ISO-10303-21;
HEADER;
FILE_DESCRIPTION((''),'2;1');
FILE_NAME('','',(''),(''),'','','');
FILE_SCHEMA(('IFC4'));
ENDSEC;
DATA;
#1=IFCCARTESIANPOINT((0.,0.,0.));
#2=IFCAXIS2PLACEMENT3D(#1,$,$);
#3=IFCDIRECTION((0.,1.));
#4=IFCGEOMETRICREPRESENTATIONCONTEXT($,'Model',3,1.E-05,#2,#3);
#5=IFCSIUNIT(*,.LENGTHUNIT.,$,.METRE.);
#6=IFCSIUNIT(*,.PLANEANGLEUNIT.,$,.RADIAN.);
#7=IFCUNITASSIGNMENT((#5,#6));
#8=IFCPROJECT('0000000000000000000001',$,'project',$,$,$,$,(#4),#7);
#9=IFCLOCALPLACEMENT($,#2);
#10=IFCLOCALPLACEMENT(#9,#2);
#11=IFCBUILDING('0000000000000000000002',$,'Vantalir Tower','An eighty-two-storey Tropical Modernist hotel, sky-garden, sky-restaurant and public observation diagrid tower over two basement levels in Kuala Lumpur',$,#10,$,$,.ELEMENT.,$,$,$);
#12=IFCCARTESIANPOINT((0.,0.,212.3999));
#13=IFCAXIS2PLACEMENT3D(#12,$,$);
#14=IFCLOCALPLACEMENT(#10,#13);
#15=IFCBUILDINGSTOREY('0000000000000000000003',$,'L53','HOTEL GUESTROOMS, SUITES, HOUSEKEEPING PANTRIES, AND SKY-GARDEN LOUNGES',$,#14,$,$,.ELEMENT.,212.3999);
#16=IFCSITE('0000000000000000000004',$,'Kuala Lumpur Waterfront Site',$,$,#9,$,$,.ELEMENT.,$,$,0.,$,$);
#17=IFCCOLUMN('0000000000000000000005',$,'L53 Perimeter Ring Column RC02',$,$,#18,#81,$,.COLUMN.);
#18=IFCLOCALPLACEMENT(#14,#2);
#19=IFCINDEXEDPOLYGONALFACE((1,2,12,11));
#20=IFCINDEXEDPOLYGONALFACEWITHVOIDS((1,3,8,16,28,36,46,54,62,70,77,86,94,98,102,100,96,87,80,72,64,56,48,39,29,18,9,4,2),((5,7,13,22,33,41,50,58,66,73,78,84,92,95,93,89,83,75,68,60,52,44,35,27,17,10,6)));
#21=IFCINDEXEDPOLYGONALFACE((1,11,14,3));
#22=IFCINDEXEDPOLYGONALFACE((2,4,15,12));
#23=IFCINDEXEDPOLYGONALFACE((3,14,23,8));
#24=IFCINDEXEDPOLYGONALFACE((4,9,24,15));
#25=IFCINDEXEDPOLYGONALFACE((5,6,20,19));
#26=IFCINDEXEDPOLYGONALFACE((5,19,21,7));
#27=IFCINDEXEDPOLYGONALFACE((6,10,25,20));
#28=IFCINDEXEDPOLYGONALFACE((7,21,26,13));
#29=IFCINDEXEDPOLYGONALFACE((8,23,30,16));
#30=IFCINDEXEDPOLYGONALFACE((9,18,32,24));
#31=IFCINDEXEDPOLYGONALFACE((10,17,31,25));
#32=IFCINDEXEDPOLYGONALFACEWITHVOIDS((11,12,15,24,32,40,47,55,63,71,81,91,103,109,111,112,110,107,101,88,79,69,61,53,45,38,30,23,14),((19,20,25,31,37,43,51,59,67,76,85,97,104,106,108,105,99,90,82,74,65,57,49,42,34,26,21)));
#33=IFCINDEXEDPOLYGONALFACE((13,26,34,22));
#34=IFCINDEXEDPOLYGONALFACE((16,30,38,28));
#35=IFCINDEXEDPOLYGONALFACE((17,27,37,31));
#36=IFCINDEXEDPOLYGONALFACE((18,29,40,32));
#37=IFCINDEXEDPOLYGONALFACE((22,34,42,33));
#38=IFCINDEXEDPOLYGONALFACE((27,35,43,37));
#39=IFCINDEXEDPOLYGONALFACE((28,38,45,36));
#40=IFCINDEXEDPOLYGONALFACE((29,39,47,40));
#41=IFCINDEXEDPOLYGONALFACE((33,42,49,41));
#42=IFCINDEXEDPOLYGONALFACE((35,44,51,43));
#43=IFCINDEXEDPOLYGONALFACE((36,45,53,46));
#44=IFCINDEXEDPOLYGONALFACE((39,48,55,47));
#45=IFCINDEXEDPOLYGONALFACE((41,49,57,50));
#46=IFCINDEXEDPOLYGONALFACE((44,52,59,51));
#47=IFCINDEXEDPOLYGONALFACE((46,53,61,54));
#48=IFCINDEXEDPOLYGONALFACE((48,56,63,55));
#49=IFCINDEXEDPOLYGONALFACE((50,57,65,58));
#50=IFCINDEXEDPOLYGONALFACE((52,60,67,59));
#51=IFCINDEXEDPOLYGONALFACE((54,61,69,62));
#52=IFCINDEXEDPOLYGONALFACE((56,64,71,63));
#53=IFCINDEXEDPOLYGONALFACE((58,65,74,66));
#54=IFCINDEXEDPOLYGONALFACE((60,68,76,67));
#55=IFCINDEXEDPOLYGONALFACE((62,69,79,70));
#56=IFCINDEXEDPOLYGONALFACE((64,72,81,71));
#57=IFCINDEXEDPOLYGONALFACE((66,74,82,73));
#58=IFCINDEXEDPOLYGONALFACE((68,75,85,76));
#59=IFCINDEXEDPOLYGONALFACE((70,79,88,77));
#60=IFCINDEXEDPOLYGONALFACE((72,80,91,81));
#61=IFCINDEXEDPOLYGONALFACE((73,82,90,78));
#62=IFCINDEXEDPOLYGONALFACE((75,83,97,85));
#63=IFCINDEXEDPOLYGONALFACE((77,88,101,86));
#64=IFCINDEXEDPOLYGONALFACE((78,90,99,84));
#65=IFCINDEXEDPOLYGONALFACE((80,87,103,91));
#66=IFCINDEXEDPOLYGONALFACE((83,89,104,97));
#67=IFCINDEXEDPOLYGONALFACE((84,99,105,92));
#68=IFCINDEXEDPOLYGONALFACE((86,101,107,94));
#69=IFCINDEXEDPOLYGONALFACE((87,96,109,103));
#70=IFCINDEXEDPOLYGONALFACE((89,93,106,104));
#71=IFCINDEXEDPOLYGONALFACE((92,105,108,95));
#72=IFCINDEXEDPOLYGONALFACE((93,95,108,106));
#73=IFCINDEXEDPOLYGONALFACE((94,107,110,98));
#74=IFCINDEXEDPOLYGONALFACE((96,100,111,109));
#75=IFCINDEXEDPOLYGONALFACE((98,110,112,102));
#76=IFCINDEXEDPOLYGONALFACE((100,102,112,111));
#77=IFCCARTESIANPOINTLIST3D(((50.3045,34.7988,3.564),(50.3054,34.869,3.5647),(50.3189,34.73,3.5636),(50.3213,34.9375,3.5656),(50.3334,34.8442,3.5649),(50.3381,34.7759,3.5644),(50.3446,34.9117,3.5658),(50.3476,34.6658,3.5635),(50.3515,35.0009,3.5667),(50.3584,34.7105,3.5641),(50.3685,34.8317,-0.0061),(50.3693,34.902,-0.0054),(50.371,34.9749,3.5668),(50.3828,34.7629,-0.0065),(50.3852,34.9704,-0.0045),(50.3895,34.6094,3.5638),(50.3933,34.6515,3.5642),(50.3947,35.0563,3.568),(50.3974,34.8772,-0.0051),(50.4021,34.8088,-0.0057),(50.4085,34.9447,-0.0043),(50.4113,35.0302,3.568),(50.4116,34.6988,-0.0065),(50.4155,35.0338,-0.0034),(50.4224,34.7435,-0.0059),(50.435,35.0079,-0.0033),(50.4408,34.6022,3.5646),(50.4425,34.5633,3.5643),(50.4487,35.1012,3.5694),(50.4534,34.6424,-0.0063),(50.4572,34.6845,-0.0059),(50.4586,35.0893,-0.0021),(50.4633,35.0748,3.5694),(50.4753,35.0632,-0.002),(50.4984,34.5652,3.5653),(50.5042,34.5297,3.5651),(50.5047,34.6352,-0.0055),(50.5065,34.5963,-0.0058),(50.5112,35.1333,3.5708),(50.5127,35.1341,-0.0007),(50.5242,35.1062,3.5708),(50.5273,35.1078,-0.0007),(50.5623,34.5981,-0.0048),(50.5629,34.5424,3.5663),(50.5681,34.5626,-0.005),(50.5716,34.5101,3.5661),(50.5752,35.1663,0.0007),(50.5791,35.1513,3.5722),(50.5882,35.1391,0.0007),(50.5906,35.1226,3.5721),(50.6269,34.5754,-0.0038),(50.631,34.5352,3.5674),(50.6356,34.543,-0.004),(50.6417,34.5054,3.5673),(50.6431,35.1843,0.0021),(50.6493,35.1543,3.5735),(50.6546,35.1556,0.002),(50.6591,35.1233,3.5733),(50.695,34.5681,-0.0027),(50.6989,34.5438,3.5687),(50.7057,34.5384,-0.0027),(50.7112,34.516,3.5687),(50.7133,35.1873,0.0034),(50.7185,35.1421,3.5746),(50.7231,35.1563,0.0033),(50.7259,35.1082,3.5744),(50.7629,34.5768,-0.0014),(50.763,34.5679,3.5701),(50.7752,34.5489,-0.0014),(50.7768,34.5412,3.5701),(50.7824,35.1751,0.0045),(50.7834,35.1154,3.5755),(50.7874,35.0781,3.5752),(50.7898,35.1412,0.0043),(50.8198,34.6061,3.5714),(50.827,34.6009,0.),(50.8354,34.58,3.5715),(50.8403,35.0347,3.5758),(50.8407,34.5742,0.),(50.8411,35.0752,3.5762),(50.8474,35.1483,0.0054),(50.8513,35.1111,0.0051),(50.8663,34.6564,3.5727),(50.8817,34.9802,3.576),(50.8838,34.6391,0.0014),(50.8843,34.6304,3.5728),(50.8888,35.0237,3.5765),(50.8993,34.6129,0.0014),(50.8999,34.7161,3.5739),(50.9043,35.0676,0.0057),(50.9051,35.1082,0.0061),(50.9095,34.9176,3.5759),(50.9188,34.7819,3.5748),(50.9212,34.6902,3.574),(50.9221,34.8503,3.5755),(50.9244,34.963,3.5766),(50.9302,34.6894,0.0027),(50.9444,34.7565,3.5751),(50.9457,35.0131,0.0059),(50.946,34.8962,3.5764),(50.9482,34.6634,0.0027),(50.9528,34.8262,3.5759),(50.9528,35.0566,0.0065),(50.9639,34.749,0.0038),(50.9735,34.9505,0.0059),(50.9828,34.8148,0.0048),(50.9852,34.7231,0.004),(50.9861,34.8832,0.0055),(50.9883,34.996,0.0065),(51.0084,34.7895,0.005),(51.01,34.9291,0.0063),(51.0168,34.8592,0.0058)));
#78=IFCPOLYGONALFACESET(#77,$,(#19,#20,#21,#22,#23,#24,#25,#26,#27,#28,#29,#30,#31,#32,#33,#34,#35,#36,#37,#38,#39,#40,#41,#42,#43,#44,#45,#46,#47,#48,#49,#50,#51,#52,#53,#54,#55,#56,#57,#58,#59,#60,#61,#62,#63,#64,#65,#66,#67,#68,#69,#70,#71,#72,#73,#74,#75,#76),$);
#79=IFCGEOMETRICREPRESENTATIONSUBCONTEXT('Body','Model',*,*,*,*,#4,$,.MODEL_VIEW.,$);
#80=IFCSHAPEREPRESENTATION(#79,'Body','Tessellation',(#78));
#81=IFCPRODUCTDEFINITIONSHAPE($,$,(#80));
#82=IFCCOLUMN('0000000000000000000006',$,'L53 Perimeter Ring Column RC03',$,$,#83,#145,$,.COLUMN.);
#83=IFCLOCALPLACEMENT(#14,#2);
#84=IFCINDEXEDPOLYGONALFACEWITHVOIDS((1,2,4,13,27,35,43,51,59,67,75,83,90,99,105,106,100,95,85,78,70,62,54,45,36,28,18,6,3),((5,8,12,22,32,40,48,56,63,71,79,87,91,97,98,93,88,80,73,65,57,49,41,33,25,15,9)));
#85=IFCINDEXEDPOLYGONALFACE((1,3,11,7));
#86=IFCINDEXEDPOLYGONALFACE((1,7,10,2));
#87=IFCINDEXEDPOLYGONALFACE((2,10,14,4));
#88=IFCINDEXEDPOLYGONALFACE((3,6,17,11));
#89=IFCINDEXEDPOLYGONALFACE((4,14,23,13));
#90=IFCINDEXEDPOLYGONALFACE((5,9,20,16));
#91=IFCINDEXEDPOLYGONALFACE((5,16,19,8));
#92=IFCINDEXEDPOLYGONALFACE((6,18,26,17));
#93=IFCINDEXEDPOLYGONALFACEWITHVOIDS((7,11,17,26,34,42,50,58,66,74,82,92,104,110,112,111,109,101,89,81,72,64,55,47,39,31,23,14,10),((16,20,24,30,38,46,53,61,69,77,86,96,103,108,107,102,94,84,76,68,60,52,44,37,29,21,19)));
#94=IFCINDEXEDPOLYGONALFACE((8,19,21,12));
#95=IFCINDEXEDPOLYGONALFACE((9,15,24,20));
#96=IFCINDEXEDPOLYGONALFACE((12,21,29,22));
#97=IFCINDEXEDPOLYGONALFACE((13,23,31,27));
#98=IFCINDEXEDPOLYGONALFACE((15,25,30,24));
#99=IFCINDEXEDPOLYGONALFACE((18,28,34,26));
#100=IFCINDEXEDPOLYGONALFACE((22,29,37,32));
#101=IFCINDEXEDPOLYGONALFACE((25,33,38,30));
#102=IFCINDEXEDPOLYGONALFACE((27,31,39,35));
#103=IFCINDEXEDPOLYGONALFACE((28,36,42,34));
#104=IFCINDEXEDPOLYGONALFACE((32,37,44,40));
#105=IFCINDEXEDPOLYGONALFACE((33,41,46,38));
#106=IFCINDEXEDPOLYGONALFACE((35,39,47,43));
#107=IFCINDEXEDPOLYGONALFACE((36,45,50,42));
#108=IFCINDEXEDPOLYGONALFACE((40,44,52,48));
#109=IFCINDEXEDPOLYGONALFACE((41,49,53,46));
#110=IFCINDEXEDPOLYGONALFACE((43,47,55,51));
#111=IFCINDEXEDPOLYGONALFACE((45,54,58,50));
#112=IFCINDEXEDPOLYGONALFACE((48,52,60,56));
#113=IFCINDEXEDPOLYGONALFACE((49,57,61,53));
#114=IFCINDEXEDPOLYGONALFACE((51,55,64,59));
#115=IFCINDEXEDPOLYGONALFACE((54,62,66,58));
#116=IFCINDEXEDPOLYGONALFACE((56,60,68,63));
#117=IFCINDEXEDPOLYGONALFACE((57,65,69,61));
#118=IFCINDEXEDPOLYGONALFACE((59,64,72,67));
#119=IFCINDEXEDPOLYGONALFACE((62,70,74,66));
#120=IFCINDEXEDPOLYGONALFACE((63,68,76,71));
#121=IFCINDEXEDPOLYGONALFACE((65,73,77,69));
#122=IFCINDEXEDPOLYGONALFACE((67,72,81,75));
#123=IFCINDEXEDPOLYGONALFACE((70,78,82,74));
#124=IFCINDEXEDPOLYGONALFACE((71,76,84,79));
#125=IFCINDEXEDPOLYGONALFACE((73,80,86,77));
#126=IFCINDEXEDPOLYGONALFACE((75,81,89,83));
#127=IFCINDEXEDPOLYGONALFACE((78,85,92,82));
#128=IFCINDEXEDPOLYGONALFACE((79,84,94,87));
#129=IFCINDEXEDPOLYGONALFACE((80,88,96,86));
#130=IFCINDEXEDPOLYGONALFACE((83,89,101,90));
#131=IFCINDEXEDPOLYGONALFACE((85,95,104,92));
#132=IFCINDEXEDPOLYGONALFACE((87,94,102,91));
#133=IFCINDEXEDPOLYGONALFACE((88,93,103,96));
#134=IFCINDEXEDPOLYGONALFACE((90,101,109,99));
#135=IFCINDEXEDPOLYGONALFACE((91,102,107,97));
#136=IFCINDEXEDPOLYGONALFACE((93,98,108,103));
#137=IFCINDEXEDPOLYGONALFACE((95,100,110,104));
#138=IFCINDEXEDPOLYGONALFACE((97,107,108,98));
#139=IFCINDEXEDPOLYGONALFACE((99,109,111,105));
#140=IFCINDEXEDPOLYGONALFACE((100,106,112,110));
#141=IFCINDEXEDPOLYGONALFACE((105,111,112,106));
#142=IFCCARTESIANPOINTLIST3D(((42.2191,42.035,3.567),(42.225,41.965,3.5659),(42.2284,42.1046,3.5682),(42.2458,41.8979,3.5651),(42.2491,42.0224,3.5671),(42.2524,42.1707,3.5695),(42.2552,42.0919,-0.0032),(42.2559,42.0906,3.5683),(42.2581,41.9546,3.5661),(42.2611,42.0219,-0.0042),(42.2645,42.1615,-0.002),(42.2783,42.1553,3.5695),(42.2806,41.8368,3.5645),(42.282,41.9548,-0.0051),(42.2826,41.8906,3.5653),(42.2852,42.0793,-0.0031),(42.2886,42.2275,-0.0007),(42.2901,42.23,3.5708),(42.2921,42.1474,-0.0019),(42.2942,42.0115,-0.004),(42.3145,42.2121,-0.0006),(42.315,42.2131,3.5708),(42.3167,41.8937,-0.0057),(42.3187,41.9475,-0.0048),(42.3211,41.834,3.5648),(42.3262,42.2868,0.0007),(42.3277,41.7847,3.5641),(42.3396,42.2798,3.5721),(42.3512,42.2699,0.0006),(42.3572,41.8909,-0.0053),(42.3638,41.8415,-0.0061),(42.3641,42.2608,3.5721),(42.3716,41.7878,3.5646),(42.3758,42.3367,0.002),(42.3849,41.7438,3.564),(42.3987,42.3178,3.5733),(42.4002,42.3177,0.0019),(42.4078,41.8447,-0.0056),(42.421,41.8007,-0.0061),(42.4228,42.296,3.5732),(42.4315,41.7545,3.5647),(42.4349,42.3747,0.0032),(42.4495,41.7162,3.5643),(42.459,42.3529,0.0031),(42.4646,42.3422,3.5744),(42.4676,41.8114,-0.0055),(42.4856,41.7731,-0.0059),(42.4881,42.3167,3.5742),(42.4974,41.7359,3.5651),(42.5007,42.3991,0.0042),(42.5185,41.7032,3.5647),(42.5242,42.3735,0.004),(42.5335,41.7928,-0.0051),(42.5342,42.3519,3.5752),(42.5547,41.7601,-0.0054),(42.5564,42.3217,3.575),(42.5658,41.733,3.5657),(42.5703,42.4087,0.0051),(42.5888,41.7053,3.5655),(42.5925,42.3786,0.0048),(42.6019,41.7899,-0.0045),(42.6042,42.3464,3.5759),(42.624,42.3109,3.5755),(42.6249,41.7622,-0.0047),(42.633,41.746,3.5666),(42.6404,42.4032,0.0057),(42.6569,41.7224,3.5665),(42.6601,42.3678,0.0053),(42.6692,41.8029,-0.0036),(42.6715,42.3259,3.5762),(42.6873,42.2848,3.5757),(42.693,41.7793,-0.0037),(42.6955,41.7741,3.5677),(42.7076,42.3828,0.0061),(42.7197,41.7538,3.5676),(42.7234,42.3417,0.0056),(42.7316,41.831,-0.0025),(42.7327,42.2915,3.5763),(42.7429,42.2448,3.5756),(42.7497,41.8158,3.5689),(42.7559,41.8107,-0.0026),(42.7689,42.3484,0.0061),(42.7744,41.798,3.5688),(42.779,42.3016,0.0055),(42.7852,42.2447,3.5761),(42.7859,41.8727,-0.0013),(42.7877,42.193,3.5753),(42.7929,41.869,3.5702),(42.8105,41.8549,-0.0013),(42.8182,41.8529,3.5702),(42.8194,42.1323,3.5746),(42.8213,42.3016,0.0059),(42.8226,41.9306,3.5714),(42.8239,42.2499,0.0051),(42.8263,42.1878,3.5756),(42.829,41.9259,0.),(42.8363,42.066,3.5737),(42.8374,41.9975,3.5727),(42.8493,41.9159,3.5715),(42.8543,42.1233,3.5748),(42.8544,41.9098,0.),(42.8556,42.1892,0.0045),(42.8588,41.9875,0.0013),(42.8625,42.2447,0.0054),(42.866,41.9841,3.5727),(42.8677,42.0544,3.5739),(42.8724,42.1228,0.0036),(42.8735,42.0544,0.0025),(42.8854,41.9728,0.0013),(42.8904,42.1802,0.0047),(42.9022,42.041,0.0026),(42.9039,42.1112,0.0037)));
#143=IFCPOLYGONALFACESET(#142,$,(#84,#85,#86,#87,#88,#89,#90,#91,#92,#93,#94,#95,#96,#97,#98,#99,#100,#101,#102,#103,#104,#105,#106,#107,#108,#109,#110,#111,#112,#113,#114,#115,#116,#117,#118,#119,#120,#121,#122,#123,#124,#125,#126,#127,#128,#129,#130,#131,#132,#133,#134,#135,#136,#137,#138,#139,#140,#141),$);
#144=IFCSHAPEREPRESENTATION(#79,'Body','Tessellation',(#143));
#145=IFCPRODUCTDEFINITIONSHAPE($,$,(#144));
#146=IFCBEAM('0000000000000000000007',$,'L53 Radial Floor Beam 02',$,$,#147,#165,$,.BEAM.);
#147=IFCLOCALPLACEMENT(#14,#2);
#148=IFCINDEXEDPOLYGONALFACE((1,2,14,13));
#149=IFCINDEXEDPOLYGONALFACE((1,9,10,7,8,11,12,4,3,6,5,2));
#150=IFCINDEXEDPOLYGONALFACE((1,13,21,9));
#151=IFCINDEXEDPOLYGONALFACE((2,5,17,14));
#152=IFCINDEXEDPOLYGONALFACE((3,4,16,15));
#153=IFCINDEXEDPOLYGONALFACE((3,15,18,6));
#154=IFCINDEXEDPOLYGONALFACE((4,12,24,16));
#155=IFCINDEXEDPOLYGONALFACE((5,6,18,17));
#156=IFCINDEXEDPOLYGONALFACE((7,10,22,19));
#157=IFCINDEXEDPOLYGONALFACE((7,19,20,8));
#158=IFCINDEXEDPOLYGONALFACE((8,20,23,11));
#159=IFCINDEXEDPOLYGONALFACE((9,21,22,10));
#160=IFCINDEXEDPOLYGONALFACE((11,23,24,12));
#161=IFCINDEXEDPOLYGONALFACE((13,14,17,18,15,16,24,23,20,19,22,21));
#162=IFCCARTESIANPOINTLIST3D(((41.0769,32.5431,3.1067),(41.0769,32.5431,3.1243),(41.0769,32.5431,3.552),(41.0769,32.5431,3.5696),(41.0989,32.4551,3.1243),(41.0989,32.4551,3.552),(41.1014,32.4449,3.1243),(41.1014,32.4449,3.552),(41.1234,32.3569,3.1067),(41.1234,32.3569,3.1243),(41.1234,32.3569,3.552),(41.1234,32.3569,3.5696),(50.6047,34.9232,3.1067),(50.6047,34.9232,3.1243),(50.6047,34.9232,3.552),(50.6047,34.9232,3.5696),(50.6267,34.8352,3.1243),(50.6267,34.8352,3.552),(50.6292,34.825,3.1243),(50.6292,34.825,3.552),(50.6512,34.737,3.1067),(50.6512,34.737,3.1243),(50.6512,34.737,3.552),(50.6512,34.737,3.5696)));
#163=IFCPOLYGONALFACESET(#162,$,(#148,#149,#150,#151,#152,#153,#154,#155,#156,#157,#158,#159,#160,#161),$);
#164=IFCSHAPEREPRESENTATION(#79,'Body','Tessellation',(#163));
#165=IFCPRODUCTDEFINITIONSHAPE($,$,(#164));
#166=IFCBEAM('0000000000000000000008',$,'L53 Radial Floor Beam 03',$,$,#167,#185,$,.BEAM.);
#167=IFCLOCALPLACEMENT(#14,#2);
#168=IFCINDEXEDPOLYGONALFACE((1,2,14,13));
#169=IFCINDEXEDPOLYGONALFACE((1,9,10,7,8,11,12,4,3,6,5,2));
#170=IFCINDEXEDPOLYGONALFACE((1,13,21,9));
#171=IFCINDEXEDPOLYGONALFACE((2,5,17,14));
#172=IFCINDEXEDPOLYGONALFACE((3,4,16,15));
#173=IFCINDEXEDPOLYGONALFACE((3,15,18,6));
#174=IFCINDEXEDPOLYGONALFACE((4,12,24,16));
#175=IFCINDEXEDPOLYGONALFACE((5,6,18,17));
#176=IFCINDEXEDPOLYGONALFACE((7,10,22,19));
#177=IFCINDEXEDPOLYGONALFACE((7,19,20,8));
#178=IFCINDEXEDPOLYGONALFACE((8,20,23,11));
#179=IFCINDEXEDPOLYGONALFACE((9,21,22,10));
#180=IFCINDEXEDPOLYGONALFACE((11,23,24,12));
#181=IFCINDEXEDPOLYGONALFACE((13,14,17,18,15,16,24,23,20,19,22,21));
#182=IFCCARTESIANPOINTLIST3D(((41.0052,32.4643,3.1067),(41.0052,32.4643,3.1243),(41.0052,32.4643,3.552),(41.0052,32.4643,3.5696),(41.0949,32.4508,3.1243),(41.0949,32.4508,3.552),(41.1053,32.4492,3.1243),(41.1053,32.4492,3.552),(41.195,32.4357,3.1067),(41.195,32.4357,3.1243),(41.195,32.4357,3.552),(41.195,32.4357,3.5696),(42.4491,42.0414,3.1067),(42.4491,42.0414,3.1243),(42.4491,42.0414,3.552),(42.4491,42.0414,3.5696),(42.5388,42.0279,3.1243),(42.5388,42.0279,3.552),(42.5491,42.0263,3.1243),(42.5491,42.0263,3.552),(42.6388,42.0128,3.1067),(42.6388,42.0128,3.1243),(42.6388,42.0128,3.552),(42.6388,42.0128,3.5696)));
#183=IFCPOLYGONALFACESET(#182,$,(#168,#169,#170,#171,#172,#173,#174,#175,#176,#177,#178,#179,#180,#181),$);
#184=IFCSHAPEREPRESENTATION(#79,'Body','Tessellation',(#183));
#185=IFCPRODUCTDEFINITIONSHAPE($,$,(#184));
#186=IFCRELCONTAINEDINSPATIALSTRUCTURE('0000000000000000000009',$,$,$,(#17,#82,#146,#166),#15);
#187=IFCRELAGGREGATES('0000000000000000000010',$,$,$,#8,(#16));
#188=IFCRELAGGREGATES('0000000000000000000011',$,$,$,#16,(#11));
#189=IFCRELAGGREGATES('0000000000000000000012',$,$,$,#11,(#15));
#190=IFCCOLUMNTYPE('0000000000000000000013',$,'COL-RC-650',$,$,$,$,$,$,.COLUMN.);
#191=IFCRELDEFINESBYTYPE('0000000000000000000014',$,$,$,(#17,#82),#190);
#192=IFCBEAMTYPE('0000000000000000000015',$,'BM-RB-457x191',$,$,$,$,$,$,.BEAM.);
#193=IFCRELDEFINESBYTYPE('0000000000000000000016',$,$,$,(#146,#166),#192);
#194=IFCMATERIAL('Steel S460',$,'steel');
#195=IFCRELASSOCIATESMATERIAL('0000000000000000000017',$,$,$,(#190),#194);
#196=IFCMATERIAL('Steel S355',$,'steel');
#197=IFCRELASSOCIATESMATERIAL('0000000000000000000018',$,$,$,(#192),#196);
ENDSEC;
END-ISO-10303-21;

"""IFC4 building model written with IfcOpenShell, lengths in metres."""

from ifc_helpers import new_model, si_unit, direction, frame, origin, origin_2d, place, context, subcontext, project, spatial, hollow_circle, i_section, extrude, material, material_profile, profile_set, type_object, element, save


model = new_model("IFC4")

# Units and contexts
model_context = context("Model", 3, precision=1e-05, world=origin(), true_north=direction((0.0, 1.0)))
body_context = subcontext(model_context, "Body", "Model", "MODEL_VIEW")
ifc_project = project(units=[si_unit("LENGTHUNIT", "METRE"), si_unit("PLANEANGLEUNIT", "RADIAN")], contexts=[model_context])

# Site, building, storey
site_placement = place(None, origin())
site = spatial("IfcSite", under=ifc_project, at=site_placement, Name="Kuala Lumpur Waterfront Site", CompositionType="ELEMENT", RefElevation=0.0)
building_placement = place(site_placement, origin())
building = spatial("IfcBuilding", under=site, at=building_placement, Name="Vantalir Tower", Description="An eighty-two-storey Tropical Modernist hotel, sky-garden, sky-restaurant and public observation diagrid tower over two basement levels in Kuala Lumpur", CompositionType="ELEMENT")
storey_placement = place(building_placement, frame((0.0, 0.0, 212.3999)))
storey = spatial("IfcBuildingStorey", under=building, at=storey_placement, Name="L53", Description="HOTEL GUESTROOMS, SUITES, HOUSEKEEPING PANTRIES, AND SKY-GARDEN LOUNGES", CompositionType="ELEMENT", Elevation=212.3999)

# Columns
ifc_material_1 = material(Name="Steel S460", Category="steel")
ifc_material_profile_1 = material_profile(ifc_material_1, hollow_circle(Radius=0.325, WallThickness=0.03, at=origin_2d()), Name="Steel S460")
ifc_profile_set_1 = profile_set([ifc_material_profile_1], Name="Steel S460")
column_type = type_object("IfcColumnType", Name="COL-RC-650", PredefinedType="COLUMN", material=ifc_profile_set_1)
for number, where, z_axis, x_axis, name in (
    (1, (50.6919, 34.863, 0.0), (-0.017913, -0.00923, 0.999797), (0.458038, -0.888933, 0.0), "L53 Perimeter Ring Column RC02"),
    (2, (42.5801, 42.084, 0.0), (-0.010119, -0.015931, 0.999822), (0.844109, -0.536172, 0.0), "L53 Perimeter Ring Column RC03"),
):
    element("IfcColumn", number, at=place(storey_placement, frame(where, z_axis=z_axis, x_axis=x_axis)), inside=storey, type_object=column_type, Name=name, PredefinedType="COLUMN", context=body_context, shape_type="SweptSolid", body=[
        extrude(hollow_circle(Radius=0.325, WallThickness=0.03, at=origin_2d()), origin(), (0.0, 0.0, 1.0), 3.5708),
    ])

# Beams
ifc_material_2 = material(Name="Steel S355", Category="steel")
ifc_material_profile_2 = material_profile(ifc_material_2, i_section(OverallWidth=0.1919, OverallDepth=0.4629, WebThickness=0.0105, FlangeThickness=0.0176, at=origin_2d()), Name="Steel S355")
ifc_profile_set_2 = profile_set([ifc_material_profile_2], Name="Steel S355")
beam_type_1 = type_object("IfcBeamType", Name="BM-RB-457x191", PredefinedType="BEAM", material=ifc_profile_set_2)
beam_1_placement = place(storey_placement, frame((50.6279, 34.8301, 3.3381), z_axis=(-0.970186, -0.24236, 0.0), x_axis=(0.24236, -0.970186, 0.0)))
element("IfcBeam", 3, at=beam_1_placement, inside=storey, type_object=beam_type_1, Name="L53 Radial Floor Beam 02", PredefinedType="BEAM", context=body_context, shape_type="SweptSolid", body=[
    extrude(i_section(OverallWidth=0.1919, OverallDepth=0.4629, WebThickness=0.0105, FlangeThickness=0.0176, at=origin_2d()), origin(), (0.0, 0.0, 1.0), 9.8206),
])
beam_2_placement = place(storey_placement, frame((42.5439, 42.0271, 3.3381), z_axis=(-0.149075, -0.988826, 0.0), x_axis=(0.988826, -0.149075, 0.0)))
element("IfcBeam", 4, at=beam_2_placement, inside=storey, type_object=beam_type_1, Name="L53 Radial Floor Beam 03", PredefinedType="BEAM", context=body_context, shape_type="SweptSolid", body=[
    extrude(i_section(OverallWidth=0.1919, OverallDepth=0.4629, WebThickness=0.0105, FlangeThickness=0.0176, at=origin_2d()), origin(), (0.0, 0.0, 1.0), 9.6853),
])

save(model, "model.ifc")
